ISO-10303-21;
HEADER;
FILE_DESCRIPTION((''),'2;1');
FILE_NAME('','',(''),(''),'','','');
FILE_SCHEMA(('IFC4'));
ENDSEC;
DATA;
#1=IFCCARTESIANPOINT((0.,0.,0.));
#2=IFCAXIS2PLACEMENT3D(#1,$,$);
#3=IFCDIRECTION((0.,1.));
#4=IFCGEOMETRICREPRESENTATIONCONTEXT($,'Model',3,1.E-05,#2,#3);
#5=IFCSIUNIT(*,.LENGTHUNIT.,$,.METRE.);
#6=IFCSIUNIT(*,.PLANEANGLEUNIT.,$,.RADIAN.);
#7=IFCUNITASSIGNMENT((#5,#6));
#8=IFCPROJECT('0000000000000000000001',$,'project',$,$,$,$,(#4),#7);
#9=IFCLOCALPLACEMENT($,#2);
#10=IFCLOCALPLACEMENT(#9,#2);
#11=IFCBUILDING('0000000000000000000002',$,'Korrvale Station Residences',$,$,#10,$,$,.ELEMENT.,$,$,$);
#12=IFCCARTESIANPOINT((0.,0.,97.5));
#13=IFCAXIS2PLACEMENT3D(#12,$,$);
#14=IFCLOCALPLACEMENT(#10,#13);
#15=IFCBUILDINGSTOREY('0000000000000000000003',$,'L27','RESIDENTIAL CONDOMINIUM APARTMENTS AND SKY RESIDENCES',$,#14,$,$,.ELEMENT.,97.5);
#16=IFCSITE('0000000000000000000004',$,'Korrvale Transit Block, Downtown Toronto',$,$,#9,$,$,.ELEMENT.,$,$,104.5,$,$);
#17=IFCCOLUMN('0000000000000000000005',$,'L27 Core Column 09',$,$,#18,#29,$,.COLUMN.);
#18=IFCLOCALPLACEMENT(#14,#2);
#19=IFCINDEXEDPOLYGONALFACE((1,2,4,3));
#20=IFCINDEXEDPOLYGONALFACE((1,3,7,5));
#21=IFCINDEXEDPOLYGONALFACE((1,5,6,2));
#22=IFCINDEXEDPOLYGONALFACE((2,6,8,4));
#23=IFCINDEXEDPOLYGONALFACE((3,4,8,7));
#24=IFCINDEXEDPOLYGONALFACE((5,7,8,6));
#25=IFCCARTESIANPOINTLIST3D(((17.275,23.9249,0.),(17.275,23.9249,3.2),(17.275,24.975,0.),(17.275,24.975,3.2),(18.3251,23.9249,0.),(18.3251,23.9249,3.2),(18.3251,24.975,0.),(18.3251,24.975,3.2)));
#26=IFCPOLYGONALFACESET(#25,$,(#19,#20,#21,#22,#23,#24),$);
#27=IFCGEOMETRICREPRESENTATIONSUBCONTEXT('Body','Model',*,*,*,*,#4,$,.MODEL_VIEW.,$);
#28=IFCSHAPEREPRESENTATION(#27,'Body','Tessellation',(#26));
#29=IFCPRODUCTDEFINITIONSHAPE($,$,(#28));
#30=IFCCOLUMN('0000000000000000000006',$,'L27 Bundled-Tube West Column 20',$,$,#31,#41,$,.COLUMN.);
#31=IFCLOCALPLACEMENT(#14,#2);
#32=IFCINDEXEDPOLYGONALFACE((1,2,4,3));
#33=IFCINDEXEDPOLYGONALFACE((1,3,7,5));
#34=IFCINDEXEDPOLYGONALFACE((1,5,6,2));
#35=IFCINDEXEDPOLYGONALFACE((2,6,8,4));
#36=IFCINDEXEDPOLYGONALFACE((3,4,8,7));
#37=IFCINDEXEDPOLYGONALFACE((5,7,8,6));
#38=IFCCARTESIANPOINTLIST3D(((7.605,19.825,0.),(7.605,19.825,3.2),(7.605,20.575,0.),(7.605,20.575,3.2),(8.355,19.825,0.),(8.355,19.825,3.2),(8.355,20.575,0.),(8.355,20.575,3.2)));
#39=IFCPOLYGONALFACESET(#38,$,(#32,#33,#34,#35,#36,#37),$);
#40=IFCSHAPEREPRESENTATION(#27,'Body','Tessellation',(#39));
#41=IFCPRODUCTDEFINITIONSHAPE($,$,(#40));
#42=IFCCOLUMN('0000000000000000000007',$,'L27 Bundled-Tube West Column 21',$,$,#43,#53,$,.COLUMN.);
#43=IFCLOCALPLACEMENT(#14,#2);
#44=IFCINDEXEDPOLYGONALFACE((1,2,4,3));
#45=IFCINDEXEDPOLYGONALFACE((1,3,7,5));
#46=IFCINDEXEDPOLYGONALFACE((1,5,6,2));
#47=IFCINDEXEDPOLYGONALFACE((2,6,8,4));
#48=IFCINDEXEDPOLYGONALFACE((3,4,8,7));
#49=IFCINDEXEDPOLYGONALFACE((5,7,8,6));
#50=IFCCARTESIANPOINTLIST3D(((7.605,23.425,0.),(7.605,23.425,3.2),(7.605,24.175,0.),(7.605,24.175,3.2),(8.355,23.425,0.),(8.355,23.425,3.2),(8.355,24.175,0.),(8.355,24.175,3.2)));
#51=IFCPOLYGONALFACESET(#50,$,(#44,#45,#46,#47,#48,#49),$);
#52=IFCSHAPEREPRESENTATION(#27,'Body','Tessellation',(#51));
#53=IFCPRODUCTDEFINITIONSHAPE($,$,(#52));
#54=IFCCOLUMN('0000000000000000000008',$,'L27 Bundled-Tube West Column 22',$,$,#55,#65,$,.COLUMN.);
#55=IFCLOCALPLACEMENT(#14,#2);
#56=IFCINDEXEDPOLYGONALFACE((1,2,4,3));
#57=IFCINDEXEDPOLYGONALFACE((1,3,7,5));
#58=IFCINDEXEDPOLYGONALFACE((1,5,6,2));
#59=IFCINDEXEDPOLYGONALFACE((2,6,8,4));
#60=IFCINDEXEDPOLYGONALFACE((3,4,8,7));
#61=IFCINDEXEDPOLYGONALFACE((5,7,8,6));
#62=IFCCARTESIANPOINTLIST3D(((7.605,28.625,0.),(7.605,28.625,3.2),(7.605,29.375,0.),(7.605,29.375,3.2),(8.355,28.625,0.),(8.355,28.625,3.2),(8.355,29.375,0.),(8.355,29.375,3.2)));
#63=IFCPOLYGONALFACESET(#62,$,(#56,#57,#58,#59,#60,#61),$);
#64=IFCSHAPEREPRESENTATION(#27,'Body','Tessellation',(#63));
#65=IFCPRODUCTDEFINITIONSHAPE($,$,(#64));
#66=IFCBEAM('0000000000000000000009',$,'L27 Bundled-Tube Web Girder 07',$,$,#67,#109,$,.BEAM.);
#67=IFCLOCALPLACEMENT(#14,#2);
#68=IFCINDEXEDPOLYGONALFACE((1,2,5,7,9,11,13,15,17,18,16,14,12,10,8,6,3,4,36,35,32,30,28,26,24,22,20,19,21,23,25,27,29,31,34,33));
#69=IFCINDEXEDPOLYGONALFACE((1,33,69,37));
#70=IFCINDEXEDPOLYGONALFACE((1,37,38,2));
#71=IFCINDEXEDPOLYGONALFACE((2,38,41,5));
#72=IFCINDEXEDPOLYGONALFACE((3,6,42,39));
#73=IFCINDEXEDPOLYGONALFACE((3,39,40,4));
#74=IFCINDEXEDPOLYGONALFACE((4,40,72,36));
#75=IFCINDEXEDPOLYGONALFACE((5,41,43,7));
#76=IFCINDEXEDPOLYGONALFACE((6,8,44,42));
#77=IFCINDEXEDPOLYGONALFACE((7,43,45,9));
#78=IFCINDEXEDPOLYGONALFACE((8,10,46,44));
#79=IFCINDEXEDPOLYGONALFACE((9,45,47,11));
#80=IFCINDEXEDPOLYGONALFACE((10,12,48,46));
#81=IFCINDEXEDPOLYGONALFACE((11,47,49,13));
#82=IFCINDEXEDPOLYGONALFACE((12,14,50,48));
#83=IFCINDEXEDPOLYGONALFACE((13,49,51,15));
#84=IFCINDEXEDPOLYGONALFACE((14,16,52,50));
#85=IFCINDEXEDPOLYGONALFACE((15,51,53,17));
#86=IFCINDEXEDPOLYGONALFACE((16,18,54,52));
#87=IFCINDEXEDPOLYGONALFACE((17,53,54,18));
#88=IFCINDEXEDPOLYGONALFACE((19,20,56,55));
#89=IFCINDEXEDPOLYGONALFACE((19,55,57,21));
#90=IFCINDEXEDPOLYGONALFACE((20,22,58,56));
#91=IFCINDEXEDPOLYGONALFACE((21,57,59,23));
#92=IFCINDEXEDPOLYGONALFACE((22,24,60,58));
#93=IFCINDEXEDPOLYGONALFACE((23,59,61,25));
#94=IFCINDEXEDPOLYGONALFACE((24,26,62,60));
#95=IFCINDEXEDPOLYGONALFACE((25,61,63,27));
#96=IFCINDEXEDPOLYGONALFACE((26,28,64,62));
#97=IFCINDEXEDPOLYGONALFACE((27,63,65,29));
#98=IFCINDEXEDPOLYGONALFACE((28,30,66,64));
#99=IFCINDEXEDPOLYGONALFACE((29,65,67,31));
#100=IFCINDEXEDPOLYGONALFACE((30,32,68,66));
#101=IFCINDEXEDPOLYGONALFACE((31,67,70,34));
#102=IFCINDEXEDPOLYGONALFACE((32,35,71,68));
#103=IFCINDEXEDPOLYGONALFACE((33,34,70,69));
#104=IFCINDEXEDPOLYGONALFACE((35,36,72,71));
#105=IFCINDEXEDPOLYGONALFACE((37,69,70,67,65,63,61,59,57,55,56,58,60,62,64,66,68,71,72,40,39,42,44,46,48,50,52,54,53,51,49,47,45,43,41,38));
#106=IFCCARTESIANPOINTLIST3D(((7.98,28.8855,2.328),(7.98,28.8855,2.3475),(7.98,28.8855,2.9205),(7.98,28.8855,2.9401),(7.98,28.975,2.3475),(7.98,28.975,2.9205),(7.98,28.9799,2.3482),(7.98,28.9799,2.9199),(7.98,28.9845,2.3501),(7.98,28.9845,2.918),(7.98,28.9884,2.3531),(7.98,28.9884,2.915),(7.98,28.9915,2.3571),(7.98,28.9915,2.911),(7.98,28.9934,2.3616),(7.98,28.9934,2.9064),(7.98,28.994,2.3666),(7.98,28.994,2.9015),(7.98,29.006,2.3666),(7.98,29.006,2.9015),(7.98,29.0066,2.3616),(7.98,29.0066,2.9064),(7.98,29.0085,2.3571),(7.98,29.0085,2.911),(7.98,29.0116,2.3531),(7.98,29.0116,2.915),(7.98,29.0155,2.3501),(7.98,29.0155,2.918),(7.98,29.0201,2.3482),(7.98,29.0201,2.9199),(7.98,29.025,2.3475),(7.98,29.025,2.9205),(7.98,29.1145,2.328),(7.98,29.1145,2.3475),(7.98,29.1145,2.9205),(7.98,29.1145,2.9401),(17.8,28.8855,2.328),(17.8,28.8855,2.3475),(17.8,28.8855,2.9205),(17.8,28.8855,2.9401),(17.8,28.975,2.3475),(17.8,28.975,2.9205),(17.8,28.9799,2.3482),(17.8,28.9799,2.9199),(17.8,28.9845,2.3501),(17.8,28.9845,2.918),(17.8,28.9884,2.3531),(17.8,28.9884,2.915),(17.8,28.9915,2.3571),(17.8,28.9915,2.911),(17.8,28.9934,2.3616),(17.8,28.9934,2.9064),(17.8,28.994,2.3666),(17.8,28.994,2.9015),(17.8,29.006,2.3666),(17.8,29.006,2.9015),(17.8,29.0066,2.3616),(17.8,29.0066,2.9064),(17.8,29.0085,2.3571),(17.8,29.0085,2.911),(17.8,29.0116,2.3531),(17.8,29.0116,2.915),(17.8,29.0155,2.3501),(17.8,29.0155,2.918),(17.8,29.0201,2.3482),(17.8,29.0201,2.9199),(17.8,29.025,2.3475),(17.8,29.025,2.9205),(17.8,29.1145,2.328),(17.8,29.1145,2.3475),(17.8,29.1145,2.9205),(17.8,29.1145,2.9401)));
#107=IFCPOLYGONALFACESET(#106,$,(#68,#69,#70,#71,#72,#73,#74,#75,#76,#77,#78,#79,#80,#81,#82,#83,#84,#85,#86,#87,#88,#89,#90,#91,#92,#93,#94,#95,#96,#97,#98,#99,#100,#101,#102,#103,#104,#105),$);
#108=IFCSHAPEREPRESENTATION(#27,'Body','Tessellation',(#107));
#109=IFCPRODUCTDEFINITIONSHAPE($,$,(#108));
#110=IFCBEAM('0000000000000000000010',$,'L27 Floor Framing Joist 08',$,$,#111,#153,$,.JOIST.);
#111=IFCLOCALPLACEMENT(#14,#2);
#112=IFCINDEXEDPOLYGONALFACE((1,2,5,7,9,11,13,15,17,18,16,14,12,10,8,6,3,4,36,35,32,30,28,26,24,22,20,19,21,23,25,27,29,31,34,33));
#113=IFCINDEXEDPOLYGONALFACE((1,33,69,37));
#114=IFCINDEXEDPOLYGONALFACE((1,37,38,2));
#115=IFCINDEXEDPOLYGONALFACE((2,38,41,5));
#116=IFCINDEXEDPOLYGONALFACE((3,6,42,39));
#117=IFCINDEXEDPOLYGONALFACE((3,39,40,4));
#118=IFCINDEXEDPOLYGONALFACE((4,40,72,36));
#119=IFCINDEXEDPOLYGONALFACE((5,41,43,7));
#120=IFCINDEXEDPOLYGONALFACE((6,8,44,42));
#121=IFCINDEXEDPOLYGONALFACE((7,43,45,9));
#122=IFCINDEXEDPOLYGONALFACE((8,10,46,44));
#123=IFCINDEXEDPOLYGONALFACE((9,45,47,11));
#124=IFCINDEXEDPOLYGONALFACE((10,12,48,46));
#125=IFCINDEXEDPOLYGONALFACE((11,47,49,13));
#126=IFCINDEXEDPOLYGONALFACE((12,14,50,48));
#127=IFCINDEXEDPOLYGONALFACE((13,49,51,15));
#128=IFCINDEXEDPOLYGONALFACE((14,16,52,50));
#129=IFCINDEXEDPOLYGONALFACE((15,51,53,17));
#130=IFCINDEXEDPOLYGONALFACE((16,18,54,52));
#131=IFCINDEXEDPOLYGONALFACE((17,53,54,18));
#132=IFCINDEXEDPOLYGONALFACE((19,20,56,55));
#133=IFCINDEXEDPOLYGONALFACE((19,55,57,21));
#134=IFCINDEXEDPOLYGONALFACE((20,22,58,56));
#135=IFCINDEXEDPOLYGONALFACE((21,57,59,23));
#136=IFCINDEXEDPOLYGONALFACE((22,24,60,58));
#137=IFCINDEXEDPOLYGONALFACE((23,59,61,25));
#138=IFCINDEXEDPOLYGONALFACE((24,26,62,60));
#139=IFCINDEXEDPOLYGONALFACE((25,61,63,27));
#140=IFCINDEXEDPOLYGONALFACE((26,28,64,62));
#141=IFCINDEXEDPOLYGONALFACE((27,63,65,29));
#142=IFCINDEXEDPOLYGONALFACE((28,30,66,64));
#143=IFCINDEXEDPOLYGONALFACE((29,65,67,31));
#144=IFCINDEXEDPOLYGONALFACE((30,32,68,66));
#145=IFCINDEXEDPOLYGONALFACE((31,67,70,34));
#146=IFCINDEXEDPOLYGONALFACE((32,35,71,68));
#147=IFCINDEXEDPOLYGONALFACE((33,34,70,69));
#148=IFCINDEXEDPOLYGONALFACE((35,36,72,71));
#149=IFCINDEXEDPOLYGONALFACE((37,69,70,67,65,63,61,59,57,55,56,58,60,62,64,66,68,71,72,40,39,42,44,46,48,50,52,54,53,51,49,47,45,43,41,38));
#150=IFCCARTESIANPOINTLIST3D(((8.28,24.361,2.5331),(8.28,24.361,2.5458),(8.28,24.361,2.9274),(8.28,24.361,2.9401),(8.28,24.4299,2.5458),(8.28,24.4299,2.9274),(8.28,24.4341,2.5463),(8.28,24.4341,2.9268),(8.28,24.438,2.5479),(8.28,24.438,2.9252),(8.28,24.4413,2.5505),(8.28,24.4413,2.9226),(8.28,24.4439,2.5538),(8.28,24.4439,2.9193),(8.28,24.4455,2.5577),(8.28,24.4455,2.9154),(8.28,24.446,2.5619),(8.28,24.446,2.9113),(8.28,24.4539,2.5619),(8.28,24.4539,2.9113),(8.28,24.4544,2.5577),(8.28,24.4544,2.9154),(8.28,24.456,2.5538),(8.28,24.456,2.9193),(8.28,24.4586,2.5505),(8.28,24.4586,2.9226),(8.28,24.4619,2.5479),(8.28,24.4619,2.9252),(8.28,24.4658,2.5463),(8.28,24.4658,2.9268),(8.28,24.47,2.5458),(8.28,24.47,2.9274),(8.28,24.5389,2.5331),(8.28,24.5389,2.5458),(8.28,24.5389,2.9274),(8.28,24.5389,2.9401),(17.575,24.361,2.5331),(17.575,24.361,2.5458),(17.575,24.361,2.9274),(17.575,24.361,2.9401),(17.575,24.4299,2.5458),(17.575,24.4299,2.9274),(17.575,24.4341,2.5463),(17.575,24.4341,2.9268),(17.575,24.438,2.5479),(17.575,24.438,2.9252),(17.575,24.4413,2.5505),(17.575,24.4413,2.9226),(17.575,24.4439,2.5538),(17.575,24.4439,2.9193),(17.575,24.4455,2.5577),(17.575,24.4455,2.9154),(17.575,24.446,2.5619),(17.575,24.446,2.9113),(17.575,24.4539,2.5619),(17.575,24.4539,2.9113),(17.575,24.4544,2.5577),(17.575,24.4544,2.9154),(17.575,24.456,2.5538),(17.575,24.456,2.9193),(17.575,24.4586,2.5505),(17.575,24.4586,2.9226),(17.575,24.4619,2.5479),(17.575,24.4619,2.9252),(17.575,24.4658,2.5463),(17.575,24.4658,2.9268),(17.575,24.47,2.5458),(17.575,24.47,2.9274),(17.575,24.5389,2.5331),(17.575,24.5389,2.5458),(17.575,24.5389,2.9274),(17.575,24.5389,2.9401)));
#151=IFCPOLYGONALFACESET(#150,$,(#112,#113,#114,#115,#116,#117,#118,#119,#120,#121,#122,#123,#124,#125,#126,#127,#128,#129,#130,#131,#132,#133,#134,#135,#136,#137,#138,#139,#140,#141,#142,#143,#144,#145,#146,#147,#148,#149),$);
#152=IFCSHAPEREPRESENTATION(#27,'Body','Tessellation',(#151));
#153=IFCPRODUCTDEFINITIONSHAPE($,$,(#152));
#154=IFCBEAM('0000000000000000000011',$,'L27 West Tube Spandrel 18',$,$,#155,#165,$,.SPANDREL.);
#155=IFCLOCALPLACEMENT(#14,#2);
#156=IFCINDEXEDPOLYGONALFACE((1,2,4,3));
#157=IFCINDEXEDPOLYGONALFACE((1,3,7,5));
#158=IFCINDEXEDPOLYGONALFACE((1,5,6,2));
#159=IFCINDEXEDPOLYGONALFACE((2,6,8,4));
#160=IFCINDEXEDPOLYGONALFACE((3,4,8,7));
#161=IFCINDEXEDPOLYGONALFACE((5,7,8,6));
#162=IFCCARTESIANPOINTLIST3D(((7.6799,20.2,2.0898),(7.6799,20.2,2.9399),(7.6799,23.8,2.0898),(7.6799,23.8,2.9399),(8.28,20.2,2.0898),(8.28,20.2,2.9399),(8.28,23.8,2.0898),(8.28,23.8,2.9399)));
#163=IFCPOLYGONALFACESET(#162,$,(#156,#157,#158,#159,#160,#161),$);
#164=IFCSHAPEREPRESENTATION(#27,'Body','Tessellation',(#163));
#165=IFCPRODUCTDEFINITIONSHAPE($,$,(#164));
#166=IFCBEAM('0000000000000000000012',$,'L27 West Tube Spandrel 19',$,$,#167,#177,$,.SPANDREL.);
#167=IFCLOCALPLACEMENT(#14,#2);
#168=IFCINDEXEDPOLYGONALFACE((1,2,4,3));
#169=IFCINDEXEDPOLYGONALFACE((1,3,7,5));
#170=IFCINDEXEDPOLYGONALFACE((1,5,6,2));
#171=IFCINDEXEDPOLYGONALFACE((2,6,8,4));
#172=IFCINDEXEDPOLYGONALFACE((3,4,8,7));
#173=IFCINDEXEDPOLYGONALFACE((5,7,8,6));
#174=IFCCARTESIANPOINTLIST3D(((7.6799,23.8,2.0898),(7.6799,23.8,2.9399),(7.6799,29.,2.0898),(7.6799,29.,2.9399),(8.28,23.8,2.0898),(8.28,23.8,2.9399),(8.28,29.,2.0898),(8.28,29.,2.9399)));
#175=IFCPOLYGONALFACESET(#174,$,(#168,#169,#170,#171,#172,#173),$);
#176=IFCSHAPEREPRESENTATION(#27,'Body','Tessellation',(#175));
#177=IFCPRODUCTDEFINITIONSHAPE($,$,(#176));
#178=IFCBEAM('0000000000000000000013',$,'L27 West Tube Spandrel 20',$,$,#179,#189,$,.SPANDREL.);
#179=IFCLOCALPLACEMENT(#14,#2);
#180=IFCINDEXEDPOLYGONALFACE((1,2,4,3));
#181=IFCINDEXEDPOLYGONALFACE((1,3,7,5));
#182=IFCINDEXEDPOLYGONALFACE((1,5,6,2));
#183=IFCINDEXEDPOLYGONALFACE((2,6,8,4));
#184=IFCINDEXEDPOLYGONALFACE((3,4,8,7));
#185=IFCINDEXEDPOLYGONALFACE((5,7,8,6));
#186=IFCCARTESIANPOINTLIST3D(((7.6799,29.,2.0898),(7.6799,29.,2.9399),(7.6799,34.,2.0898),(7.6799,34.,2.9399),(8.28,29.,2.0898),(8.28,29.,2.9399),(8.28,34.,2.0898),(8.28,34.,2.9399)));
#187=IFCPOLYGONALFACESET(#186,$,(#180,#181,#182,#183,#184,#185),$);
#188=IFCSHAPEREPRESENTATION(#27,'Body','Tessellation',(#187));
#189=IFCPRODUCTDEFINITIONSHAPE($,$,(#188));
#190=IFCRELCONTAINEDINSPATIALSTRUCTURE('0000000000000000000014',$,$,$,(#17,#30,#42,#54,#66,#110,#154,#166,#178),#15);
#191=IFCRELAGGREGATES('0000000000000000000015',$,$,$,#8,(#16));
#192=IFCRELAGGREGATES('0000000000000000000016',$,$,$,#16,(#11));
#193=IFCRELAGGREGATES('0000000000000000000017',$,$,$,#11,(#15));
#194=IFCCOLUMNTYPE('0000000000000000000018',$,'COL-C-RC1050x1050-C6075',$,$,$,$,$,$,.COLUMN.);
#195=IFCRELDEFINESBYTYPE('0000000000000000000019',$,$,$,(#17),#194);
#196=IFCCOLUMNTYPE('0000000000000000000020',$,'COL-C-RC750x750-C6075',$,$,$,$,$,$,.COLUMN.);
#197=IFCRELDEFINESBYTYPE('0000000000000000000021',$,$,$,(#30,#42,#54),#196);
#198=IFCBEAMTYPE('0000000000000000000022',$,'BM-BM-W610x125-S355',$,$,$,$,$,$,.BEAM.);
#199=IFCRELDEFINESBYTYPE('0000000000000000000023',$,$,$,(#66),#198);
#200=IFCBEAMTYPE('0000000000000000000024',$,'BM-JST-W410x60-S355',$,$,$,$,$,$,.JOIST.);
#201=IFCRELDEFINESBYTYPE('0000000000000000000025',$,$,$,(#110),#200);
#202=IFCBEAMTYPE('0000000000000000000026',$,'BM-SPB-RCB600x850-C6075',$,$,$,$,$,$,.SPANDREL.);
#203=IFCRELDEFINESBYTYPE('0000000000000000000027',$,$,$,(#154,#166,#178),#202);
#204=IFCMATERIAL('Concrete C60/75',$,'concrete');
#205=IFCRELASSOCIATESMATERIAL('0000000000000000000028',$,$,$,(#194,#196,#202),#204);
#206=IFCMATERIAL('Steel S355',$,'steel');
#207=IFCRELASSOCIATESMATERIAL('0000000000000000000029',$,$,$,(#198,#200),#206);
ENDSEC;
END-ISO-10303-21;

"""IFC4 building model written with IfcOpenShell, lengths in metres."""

from ifc_helpers import new_model, si_unit, direction, frame, origin, origin_2d, place, context, subcontext, project, spatial, rectangle, i_section, extrude, material, material_profile, profile_set, type_object, element, save


model = new_model("IFC4")

# Units and contexts
model_context = context("Model", 3, precision=1e-05, world=origin(), true_north=direction((0.0, 1.0)))
body_context = subcontext(model_context, "Body", "Model", "MODEL_VIEW")
ifc_project = project(units=[si_unit("LENGTHUNIT", "METRE"), si_unit("PLANEANGLEUNIT", "RADIAN")], contexts=[model_context])

# Site, building, storey
site_placement = place(None, origin())
site = spatial("IfcSite", under=ifc_project, at=site_placement, Name="Korrvale Transit Block, Downtown Toronto", CompositionType="ELEMENT", RefElevation=104.5)
building_placement = place(site_placement, origin())
building = spatial("IfcBuilding", under=site, at=building_placement, Name="Korrvale Station Residences", CompositionType="ELEMENT")
storey_placement = place(building_placement, frame((0.0, 0.0, 97.5)))
storey = spatial("IfcBuildingStorey", under=building, at=storey_placement, Name="L27", Description="RESIDENTIAL CONDOMINIUM APARTMENTS AND SKY RESIDENCES", CompositionType="ELEMENT", Elevation=97.5)

# Columns
ifc_material_1 = material(Name="Concrete C60/75", Category="concrete")
ifc_material_profile_1 = material_profile(ifc_material_1, rectangle(XDim=1.05, YDim=1.05, at=origin_2d()), Name="RC1050x1050")
ifc_profile_set_1 = profile_set([ifc_material_profile_1], Name="Concrete C60/75")
column_type_1 = type_object("IfcColumnType", Name="COL-C-RC1050x1050-C6075", PredefinedType="COLUMN", material=ifc_profile_set_1)
column_placement = place(storey_placement, frame((17.8, 24.45, 0.0), z_axis=(0.0, 0.0, 1.0), x_axis=(1.0, 0.0, 0.0)))
element("IfcColumn", 1, at=column_placement, inside=storey, type_object=column_type_1, Name="L27 Core Column 09", PredefinedType="COLUMN", context=body_context, shape_type="SweptSolid", body=[
    extrude(rectangle(XDim=1.05, YDim=1.05, at=origin_2d()), origin(), (0.0, 0.0, 1.0), 3.2),
])
ifc_material_profile_2 = material_profile(ifc_material_1, rectangle(XDim=0.75, YDim=0.75, at=origin_2d()), Name="RC750x750")
ifc_profile_set_2 = profile_set([ifc_material_profile_2], Name="Concrete C60/75")
column_type_2 = type_object("IfcColumnType", Name="COL-C-RC750x750-C6075", PredefinedType="COLUMN", material=ifc_profile_set_2)
for number, where, z_axis, x_axis, name in (
    (2, (7.98, 20.2, 0.0), (0.0, 0.0, 1.0), (1.0, 0.0, 0.0), "L27 Bundled-Tube West Column 20"),
    (3, (7.98, 23.8, 0.0), (0.0, 0.0, 1.0), (1.0, 0.0, 0.0), "L27 Bundled-Tube West Column 21"),
    (4, (7.98, 29.0, 0.0), (0.0, 0.0, 1.0), (1.0, 0.0, 0.0), "L27 Bundled-Tube West Column 22"),
):
    element("IfcColumn", number, at=place(storey_placement, frame(where, z_axis=z_axis, x_axis=x_axis)), inside=storey, type_object=column_type_2, Name=name, PredefinedType="COLUMN", context=body_context, shape_type="SweptSolid", body=[
        extrude(rectangle(XDim=0.75, YDim=0.75, at=origin_2d()), origin(), (0.0, 0.0, 1.0), 3.2),
    ])

# Beams
ifc_material_2 = material(Name="Steel S355", Category="steel")
ifc_material_profile_3 = material_profile(ifc_material_2, i_section(OverallWidth=0.229, OverallDepth=0.6121, WebThickness=0.012, FlangeThickness=0.0195, FilletRadius=0.019, at=origin_2d()), Name="W610x125")
ifc_profile_set_3 = profile_set([ifc_material_profile_3], Name="Steel S355")
beam_type_1 = type_object("IfcBeamType", Name="BM-BM-W610x125-S355", PredefinedType="BEAM", material=ifc_profile_set_3)
beam_1_placement = place(storey_placement, frame((7.98, 29.0, 2.634), z_axis=(1.0, 0.0, 0.0), x_axis=(0.0, 1.0, 0.0)))
element("IfcBeam", 5, at=beam_1_placement, inside=storey, type_object=beam_type_1, Name="L27 Bundled-Tube Web Girder 07", PredefinedType="BEAM", context=body_context, shape_type="SweptSolid", body=[
    extrude(i_section(OverallWidth=0.229, OverallDepth=0.6121, WebThickness=0.012, FlangeThickness=0.0195, FilletRadius=0.019, at=origin_2d()), origin(), (0.0, 0.0, 1.0), 9.8201),
])
ifc_material_profile_4 = material_profile(ifc_material_2, i_section(OverallWidth=0.178, OverallDepth=0.407, WebThickness=0.0078, FlangeThickness=0.0127, FilletRadius=0.0161, at=origin_2d()), Name="W410x60")
ifc_profile_set_4 = profile_set([ifc_material_profile_4], Name="Steel S355")
beam_type_2 = type_object("IfcBeamType", Name="BM-JST-W410x60-S355", PredefinedType="JOIST", material=ifc_profile_set_4)
beam_2_placement = place(storey_placement, frame((8.28, 24.45, 2.7366), z_axis=(1.0, 0.0, 0.0), x_axis=(0.0, 1.0, 0.0)))
element("IfcBeam", 6, at=beam_2_placement, inside=storey, type_object=beam_type_2, Name="L27 Floor Framing Joist 08", PredefinedType="JOIST", context=body_context, shape_type="SweptSolid", body=[
    extrude(i_section(OverallWidth=0.178, OverallDepth=0.407, WebThickness=0.0078, FlangeThickness=0.0127, FilletRadius=0.0161, at=origin_2d()), origin(), (0.0, 0.0, 1.0), 9.2949),
])
ifc_material_profile_5 = material_profile(ifc_material_1, rectangle(XDim=0.6001, YDim=0.8501, at=origin_2d()), Name="RCB600x850")
ifc_profile_set_5 = profile_set([ifc_material_profile_5], Name="Concrete C60/75")
beam_type_3 = type_object("IfcBeamType", Name="BM-SPB-RCB600x850-C6075", PredefinedType="SPANDREL", material=ifc_profile_set_5)
beam_3_placement = place(storey_placement, frame((7.98, 20.2, 2.5149), z_axis=(0.0, 1.0, 0.0), x_axis=(-1.0, 0.0, 0.0)))
element("IfcBeam", 7, at=beam_3_placement, inside=storey, type_object=beam_type_3, Name="L27 West Tube Spandrel 18", PredefinedType="SPANDREL", context=body_context, shape_type="SweptSolid", body=[
    extrude(rectangle(XDim=0.6001, YDim=0.8501, at=origin_2d()), origin(), (0.0, 0.0, 1.0), 3.6001),
])
beam_4_placement = place(storey_placement, frame((7.98, 23.8, 2.5149), z_axis=(0.0, 1.0, 0.0), x_axis=(-1.0, 0.0, 0.0)))
element("IfcBeam", 8, at=beam_4_placement, inside=storey, type_object=beam_type_3, Name="L27 West Tube Spandrel 19", PredefinedType="SPANDREL", context=body_context, shape_type="SweptSolid", body=[
    extrude(rectangle(XDim=0.6001, YDim=0.8501, at=origin_2d()), origin(), (0.0, 0.0, 1.0), 5.2),
])
beam_5_placement = place(storey_placement, frame((7.98, 29.0, 2.5149), z_axis=(0.0, 1.0, 0.0), x_axis=(-1.0, 0.0, 0.0)))
element("IfcBeam", 9, at=beam_5_placement, inside=storey, type_object=beam_type_3, Name="L27 West Tube Spandrel 20", PredefinedType="SPANDREL", context=body_context, shape_type="SweptSolid", body=[
    extrude(rectangle(XDim=0.6001, YDim=0.8501, at=origin_2d()), origin(), (0.0, 0.0, 1.0), 5.0),
])

save(model, "model.ifc")
